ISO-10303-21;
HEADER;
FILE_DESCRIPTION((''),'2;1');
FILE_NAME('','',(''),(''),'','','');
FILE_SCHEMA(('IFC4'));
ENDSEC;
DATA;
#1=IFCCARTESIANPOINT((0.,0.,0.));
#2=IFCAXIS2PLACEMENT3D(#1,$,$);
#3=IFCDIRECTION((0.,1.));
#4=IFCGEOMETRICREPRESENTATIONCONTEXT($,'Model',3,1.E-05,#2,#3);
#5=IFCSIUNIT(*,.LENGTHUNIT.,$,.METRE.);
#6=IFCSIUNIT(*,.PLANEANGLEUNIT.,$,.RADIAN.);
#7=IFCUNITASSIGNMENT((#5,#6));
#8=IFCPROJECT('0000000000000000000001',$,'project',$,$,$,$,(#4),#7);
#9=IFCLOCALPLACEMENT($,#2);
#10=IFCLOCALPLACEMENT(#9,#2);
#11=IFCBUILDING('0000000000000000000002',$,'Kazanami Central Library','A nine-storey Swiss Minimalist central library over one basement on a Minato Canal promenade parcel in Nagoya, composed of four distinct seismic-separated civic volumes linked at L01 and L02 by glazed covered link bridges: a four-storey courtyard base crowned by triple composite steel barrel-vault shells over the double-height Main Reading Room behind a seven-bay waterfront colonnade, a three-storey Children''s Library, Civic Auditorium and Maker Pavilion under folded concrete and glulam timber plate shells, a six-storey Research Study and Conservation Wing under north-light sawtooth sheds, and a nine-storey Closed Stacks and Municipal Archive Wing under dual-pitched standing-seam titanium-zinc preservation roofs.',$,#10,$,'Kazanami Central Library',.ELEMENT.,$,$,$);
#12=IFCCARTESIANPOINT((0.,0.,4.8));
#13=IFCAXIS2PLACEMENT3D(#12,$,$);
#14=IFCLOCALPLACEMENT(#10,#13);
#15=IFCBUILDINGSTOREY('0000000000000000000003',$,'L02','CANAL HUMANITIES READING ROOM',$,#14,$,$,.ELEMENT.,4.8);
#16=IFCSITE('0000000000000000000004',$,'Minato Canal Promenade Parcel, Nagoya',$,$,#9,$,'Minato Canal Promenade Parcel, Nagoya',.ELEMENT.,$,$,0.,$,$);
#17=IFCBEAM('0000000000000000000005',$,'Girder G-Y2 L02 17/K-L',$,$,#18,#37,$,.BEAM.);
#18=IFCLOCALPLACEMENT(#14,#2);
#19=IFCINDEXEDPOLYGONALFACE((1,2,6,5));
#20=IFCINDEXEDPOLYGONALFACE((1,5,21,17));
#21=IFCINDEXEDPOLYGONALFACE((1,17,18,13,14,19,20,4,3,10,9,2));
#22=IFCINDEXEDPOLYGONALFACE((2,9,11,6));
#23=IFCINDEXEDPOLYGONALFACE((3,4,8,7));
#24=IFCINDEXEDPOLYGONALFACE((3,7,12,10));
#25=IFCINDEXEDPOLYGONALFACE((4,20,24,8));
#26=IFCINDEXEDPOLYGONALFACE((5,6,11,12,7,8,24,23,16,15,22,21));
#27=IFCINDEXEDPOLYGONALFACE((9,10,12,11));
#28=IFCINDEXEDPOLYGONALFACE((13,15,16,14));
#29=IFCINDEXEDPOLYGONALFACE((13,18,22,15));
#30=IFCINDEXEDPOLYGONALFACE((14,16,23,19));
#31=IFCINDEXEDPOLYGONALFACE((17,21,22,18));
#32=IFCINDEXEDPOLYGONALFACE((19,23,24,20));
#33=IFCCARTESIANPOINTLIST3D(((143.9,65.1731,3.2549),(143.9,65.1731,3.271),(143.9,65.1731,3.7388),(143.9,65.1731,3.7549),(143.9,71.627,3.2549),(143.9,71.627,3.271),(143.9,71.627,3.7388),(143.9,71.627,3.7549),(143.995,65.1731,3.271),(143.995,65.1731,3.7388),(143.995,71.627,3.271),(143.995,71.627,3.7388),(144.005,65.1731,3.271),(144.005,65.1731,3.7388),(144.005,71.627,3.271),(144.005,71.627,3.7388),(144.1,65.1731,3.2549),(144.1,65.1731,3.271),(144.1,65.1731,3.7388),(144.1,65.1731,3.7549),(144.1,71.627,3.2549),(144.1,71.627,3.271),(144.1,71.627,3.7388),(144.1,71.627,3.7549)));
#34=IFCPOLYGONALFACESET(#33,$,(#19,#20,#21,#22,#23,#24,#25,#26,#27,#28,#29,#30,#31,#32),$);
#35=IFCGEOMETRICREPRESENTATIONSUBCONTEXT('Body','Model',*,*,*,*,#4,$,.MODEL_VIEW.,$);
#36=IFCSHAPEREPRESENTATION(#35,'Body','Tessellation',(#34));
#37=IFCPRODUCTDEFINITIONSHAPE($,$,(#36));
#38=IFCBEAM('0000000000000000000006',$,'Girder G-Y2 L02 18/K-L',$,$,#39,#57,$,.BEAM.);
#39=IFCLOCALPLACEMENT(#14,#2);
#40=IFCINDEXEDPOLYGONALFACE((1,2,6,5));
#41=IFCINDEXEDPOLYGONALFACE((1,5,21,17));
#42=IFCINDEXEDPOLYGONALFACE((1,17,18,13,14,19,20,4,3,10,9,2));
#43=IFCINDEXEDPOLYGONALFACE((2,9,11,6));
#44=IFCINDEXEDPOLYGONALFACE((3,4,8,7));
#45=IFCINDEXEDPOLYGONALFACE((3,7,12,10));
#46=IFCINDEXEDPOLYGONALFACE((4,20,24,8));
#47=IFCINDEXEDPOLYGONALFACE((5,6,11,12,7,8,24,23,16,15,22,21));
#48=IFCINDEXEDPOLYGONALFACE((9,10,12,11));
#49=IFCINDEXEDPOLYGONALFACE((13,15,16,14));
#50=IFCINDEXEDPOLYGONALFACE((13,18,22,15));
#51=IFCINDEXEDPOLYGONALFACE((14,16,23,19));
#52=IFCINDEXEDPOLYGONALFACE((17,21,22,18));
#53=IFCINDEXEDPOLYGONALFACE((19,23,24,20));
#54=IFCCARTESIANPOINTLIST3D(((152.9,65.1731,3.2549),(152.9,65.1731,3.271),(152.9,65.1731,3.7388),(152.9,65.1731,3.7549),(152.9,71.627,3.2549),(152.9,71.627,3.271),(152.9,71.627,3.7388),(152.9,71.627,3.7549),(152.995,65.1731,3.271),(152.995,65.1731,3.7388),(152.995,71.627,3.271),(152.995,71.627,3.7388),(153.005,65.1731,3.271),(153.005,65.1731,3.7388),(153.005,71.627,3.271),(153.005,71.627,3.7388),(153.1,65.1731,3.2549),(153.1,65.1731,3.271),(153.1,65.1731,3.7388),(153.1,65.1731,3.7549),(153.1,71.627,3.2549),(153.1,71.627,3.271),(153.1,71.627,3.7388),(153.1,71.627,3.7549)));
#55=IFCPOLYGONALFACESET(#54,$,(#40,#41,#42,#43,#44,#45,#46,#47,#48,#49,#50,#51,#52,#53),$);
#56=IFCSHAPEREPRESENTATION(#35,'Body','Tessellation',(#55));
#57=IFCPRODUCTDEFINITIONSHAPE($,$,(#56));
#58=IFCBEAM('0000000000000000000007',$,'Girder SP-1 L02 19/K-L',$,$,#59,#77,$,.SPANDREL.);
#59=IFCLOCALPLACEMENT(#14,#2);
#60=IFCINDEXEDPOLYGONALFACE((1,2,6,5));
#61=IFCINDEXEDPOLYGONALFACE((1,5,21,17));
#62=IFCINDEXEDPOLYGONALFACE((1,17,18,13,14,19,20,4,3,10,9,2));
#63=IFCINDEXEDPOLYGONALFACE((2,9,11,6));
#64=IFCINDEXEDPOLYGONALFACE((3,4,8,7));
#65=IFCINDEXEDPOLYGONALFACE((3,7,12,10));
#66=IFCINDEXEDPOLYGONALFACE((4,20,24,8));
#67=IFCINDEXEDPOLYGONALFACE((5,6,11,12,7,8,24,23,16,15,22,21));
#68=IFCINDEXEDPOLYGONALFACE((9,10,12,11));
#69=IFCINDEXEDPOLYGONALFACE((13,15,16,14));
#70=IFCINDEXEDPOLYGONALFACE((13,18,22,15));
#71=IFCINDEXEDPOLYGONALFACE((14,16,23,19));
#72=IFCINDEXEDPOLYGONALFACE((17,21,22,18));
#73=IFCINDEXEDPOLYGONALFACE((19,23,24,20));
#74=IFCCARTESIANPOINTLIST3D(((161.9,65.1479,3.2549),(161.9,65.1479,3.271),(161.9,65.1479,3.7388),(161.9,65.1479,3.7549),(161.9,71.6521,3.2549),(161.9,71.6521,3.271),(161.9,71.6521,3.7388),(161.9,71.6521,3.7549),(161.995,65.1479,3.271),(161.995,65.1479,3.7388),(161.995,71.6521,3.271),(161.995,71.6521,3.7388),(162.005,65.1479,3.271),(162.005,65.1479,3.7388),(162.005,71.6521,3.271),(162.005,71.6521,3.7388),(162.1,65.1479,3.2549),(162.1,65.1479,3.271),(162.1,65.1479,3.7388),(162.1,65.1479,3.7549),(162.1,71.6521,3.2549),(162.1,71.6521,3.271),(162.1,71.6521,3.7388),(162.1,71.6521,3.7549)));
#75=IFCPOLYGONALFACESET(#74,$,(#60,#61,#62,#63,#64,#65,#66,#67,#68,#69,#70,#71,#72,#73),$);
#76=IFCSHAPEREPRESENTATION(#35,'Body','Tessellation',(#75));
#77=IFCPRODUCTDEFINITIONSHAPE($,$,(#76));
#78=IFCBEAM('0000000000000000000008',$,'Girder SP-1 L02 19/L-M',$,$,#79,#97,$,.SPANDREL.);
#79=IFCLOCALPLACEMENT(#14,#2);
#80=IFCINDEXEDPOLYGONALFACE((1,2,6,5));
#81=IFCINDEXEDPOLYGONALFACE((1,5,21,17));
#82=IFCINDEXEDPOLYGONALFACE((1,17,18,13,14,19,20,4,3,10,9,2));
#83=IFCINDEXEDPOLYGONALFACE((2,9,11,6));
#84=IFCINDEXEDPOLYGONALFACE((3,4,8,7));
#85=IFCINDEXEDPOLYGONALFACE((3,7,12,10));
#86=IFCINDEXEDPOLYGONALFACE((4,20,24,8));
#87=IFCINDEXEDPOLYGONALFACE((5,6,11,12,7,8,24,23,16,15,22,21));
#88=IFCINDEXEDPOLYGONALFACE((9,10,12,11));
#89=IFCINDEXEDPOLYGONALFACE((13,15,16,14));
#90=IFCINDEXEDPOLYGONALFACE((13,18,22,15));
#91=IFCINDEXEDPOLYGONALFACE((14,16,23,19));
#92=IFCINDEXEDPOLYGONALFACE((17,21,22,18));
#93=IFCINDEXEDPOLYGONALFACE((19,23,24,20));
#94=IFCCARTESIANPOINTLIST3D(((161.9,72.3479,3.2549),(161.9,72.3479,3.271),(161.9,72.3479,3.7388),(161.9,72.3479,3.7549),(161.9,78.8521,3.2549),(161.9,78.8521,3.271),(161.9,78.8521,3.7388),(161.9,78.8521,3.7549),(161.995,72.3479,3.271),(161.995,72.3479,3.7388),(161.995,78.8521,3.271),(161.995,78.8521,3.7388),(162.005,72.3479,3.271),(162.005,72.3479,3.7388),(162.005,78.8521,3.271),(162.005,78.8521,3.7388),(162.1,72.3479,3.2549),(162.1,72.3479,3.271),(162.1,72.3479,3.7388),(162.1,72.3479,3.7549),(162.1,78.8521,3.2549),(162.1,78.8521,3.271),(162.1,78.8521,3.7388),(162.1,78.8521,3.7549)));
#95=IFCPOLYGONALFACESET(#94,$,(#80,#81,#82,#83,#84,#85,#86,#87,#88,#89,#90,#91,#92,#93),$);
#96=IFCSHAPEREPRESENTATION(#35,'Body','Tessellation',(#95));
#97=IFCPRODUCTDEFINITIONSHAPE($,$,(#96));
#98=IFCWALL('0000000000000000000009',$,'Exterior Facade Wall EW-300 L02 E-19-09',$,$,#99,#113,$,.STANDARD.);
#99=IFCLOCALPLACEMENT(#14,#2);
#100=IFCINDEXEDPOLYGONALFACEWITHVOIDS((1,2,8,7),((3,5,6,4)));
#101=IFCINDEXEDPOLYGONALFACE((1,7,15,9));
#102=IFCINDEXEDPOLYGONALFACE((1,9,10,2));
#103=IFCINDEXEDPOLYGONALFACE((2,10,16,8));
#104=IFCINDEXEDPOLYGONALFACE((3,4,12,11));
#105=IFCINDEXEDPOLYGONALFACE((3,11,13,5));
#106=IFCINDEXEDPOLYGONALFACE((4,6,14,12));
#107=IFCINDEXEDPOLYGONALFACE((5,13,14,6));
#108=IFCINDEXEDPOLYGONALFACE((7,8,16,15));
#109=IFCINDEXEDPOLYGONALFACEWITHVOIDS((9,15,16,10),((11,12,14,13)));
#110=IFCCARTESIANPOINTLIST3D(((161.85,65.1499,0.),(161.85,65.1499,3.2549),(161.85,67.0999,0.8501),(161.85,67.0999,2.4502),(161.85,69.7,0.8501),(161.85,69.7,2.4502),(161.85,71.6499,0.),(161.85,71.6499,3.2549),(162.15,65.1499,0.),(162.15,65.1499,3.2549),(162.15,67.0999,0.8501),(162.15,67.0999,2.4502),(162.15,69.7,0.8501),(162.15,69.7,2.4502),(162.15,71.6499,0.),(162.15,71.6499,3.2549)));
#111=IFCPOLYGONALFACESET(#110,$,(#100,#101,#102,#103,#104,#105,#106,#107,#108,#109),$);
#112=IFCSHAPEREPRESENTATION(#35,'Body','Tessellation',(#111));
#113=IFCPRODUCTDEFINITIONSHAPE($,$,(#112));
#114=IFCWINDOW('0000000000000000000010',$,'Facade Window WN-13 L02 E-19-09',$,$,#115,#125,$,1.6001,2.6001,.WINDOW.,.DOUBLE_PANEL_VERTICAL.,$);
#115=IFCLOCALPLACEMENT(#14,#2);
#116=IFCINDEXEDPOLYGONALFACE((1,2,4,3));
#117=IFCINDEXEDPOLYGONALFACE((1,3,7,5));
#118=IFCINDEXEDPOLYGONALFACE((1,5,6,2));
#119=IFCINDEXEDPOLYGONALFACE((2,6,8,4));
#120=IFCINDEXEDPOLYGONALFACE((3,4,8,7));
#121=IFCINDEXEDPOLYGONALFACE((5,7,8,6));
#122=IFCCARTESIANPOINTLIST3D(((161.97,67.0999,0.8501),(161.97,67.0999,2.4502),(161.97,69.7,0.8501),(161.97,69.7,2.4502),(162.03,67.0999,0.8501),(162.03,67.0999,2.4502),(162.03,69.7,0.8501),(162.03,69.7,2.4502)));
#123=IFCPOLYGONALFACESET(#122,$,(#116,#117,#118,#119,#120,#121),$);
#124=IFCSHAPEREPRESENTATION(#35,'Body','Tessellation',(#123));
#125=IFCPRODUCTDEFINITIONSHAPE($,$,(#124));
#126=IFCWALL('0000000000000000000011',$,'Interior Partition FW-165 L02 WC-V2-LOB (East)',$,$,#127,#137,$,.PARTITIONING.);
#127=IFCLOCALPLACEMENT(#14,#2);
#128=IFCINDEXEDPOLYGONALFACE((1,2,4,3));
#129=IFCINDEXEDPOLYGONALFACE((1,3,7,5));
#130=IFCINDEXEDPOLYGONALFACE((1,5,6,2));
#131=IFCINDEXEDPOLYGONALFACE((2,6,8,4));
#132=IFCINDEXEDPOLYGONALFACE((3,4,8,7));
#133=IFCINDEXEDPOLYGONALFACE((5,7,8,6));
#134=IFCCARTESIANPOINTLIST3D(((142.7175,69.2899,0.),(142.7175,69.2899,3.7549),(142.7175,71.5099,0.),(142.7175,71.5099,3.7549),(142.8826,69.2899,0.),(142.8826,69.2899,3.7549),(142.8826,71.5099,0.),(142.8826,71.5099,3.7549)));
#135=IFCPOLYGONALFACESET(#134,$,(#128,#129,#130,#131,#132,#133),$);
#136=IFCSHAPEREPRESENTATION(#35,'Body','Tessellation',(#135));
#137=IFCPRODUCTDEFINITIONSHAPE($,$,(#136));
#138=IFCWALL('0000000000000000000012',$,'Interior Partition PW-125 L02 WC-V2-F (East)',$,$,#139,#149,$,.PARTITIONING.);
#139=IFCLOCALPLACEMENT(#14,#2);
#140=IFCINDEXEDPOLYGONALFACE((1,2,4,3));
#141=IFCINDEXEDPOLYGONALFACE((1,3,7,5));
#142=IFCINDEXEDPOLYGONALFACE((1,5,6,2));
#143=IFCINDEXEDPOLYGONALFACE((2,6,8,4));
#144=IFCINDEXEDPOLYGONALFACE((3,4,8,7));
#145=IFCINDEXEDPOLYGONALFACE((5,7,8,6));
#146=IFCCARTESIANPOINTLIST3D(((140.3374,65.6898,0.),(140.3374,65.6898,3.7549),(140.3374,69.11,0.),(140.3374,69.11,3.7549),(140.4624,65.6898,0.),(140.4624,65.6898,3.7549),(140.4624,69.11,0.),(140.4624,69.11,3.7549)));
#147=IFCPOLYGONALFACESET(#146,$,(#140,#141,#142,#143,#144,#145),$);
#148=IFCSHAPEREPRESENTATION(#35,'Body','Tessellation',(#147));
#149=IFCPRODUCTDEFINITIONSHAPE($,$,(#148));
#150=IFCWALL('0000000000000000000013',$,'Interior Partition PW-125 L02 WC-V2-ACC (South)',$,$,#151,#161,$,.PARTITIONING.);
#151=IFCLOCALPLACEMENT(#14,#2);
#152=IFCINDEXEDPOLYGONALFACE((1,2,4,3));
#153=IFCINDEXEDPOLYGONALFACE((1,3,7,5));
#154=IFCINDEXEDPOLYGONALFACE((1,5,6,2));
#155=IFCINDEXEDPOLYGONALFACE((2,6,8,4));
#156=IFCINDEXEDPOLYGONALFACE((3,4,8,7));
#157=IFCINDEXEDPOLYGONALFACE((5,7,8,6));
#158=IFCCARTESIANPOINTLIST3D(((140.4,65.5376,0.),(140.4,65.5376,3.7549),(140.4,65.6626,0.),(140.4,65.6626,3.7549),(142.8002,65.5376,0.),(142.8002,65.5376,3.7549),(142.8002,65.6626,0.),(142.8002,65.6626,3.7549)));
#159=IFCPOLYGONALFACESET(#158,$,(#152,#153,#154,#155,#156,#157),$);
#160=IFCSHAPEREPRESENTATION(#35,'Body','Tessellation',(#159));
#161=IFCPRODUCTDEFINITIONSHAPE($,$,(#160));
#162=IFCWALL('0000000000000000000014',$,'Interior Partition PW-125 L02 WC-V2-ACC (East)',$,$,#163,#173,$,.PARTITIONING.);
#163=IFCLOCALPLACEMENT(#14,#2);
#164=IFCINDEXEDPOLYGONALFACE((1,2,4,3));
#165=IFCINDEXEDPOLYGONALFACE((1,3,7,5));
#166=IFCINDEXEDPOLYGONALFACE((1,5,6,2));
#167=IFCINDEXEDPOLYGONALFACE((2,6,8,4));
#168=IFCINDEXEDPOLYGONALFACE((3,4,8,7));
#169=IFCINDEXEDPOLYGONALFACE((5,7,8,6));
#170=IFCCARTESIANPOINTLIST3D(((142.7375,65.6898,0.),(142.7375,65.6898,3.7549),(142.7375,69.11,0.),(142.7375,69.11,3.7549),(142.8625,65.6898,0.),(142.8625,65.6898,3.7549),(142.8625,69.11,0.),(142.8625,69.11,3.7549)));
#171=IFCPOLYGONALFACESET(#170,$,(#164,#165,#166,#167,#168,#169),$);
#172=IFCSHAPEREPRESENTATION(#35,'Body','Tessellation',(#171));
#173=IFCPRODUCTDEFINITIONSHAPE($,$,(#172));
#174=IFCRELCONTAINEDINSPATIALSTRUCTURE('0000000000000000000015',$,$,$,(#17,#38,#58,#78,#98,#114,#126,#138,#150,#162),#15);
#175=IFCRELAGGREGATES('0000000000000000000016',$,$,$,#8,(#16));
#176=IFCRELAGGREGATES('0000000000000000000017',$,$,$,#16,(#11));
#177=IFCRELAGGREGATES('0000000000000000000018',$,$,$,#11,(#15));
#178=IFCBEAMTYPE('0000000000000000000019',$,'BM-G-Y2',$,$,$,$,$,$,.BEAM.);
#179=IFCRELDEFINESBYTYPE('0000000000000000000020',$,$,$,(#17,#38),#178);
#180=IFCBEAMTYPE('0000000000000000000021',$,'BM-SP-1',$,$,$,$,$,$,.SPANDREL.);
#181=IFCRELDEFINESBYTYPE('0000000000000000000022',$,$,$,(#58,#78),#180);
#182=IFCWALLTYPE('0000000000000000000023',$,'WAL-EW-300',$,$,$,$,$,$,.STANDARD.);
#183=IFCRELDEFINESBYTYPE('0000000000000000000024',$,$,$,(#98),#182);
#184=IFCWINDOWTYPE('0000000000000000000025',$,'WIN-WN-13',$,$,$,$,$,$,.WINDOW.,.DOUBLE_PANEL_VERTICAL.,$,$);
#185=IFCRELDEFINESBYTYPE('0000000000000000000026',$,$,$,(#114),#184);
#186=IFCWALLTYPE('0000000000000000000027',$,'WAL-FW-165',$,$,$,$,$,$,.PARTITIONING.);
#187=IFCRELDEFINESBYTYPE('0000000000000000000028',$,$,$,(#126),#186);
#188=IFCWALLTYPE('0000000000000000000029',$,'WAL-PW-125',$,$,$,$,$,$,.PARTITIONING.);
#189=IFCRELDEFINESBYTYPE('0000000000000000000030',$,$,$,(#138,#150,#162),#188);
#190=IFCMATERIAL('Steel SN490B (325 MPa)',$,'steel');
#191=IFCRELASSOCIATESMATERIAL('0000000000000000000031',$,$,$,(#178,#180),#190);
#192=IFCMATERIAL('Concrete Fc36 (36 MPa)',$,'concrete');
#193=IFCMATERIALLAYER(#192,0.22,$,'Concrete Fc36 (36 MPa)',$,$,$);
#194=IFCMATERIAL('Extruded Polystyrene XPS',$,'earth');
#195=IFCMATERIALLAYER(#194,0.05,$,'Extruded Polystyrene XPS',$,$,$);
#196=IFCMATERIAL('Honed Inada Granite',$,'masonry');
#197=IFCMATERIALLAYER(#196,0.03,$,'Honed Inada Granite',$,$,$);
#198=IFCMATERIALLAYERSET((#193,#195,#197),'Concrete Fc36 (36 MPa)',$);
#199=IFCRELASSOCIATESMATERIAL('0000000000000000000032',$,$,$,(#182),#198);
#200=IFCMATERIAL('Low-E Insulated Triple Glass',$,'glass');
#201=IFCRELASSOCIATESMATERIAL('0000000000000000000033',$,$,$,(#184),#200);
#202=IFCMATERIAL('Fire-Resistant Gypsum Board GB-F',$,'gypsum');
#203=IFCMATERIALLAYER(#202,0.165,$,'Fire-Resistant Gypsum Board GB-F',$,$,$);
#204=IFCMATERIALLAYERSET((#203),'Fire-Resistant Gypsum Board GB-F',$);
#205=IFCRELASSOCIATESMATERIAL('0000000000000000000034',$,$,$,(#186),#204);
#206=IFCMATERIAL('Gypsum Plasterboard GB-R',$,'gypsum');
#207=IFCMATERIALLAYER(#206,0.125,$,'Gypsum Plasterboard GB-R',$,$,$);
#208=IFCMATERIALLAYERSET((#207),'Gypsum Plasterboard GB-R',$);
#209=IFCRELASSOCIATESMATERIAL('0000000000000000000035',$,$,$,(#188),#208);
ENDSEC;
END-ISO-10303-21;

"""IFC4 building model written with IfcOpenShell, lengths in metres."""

from ifc_helpers import new_model, si_unit, direction, frame, frame_2d, origin, origin_2d, place, context, subcontext, project, spatial, rectangle, i_section, extrude, material, layer, layer_set, material_profile, profile_set, type_object, element, fill, save


model = new_model("IFC4")

# Units and contexts
model_context = context("Model", 3, precision=1e-05, world=origin(), true_north=direction((0.0, 1.0)))
body_context = subcontext(model_context, "Body", "Model", "MODEL_VIEW")
ifc_project = project(units=[si_unit("LENGTHUNIT", "METRE"), si_unit("PLANEANGLEUNIT", "RADIAN")], contexts=[model_context])

# Site, building, storey
site_placement = place(None, origin())
site = spatial("IfcSite", under=ifc_project, at=site_placement, Name="Minato Canal Promenade Parcel, Nagoya", LongName="Minato Canal Promenade Parcel, Nagoya", CompositionType="ELEMENT", RefElevation=0.0)
building_placement = place(site_placement, origin())
building = spatial("IfcBuilding", under=site, at=building_placement, Name="Kazanami Central Library", Description="A nine-storey Swiss Minimalist central library over one basement on a Minato Canal promenade parcel in Nagoya, composed of four distinct seismic-separated civic volumes linked at L01 and L02 by glazed covered link bridges: a four-storey courtyard base crowned by triple composite steel barrel-vault shells over the double-height Main Reading Room behind a seven-bay waterfront colonnade, a three-storey Children's Library, Civic Auditorium and Maker Pavilion under folded concrete and glulam timber plate shells, a six-storey Research Study and Conservation Wing under north-light sawtooth sheds, and a nine-storey Closed Stacks and Municipal Archive Wing under dual-pitched standing-seam titanium-zinc preservation roofs.", LongName="Kazanami Central Library", CompositionType="ELEMENT")
storey_placement = place(building_placement, frame((0.0, 0.0, 4.8)))
storey = spatial("IfcBuildingStorey", under=building, at=storey_placement, Name="L02", Description="CANAL HUMANITIES READING ROOM", CompositionType="ELEMENT", Elevation=4.8)

# Beams
ifc_material_1 = material(Name="Steel SN490B (325 MPa)", Category="steel")
ifc_material_profile_1 = material_profile(ifc_material_1, i_section(OverallWidth=0.2, OverallDepth=0.5, WebThickness=0.01, FlangeThickness=0.0161, at=origin_2d()), Name="H-500x200x10x16")
ifc_profile_set_1 = profile_set([ifc_material_profile_1], Name="Steel SN490B (325 MPa)")
beam_type_1 = type_object("IfcBeamType", Name="BM-G-Y2", PredefinedType="BEAM", material=ifc_profile_set_1)
for number, where, z_axis, x_axis, name in (
    (1, (144.0, 65.1731, 3.5049), (0.0, 1.0, 0.0), (-1.0, 0.0, 0.0), "Girder G-Y2 L02 17/K-L"),
    (2, (153.0, 65.1731, 3.5049), (0.0, 1.0, 0.0), (-1.0, 0.0, 0.0), "Girder G-Y2 L02 18/K-L"),
):
    element("IfcBeam", number, at=place(storey_placement, frame(where, z_axis=z_axis, x_axis=x_axis)), inside=storey, type_object=beam_type_1, Name=name, PredefinedType="BEAM", context=body_context, shape_type="SweptSolid", body=[
        extrude(i_section(OverallWidth=0.2, OverallDepth=0.5, WebThickness=0.01, FlangeThickness=0.0161, at=origin_2d()), origin(), (0.0, 0.0, 1.0), 6.4539),
    ])
ifc_material_profile_2 = material_profile(ifc_material_1, i_section(OverallWidth=0.2, OverallDepth=0.5, WebThickness=0.01, FlangeThickness=0.0161, at=origin_2d()), Name="H-500x200x10x16")
ifc_profile_set_2 = profile_set([ifc_material_profile_2], Name="Steel SN490B (325 MPa)")
beam_type_2 = type_object("IfcBeamType", Name="BM-SP-1", PredefinedType="SPANDREL", material=ifc_profile_set_2)
for number, where, z_axis, x_axis, name in (
    (3, (162.0, 65.1479, 3.5049), (0.0, 1.0, 0.0), (-1.0, 0.0, 0.0), "Girder SP-1 L02 19/K-L"),
    (4, (162.0, 72.3479, 3.5049), (0.0, 1.0, 0.0), (-1.0, 0.0, 0.0), "Girder SP-1 L02 19/L-M"),
):
    element("IfcBeam", number, at=place(storey_placement, frame(where, z_axis=z_axis, x_axis=x_axis)), inside=storey, type_object=beam_type_2, Name=name, PredefinedType="SPANDREL", context=body_context, shape_type="SweptSolid", body=[
        extrude(i_section(OverallWidth=0.2, OverallDepth=0.5, WebThickness=0.01, FlangeThickness=0.0161, at=origin_2d()), origin(), (0.0, 0.0, 1.0), 6.5042),
    ])

# Wall, opening, window
ifc_material_2 = material(Name="Concrete Fc36 (36 MPa)", Category="concrete")
ifc_layer_1 = layer(ifc_material_2, 0.22, Name="Concrete Fc36 (36 MPa)")
ifc_material_3 = material(Name="Extruded Polystyrene XPS", Category="earth")
ifc_layer_2 = layer(ifc_material_3, 0.05, Name="Extruded Polystyrene XPS")
ifc_material_4 = material(Name="Honed Inada Granite", Category="masonry")
ifc_layer_3 = layer(ifc_material_4, 0.03, Name="Honed Inada Granite")
ifc_layer_set_1 = layer_set([ifc_layer_1, ifc_layer_2, ifc_layer_3], Name="Concrete Fc36 (36 MPa)")
wall_type_1 = type_object("IfcWallType", Name="WAL-EW-300", PredefinedType="STANDARD", material=ifc_layer_set_1)
wall_1_placement = place(storey_placement, frame((162.0, 71.6499, 0.0), z_axis=(0.0, 0.0, 1.0), x_axis=(0.0, -1.0, 0.0)))
wall_1 = element("IfcWall", 5, at=wall_1_placement, inside=storey, type_object=wall_type_1, Name="Exterior Facade Wall EW-300 L02 E-19-09", PredefinedType="STANDARD", context=body_context, shape_type="SweptSolid", body=[
    extrude(rectangle(XDim=6.5, YDim=0.3, at=frame_2d((3.25, 0.0))), origin(), (0.0, 0.0, 1.0), 3.2549),
])
opening_placement = place(wall_1_placement, frame((1.95, 0.0, 0.8501)))
opening = element("IfcOpeningElement", 6, at=opening_placement, cuts=wall_1, PredefinedType="OPENING", context=body_context, shape_type="SweptSolid", body=[
    extrude(rectangle(XDim=2.6001, YDim=1.6001, at=frame_2d((1.3, 0.8))), frame((0.0, 0.1621, 0.0), z_axis=(0.0, -1.0, 0.0), x_axis=(1.0, 0.0, 0.0)), (0.0, 0.0, 1.0), 0.324),
])
ifc_material_5 = material(Name="Low-E Insulated Triple Glass", Category="glass")
window_type = type_object("IfcWindowType", Name="WIN-WN-13", PartitioningType="DOUBLE_PANEL_VERTICAL", PredefinedType="WINDOW", material=ifc_material_5)
window_placement = place(opening_placement, origin())
window = element("IfcWindow", 7, at=window_placement, inside=storey, type_object=window_type, Name="Facade Window WN-13 L02 E-19-09", OverallHeight=1.6001, OverallWidth=2.6001, PartitioningType="DOUBLE_PANEL_VERTICAL", PredefinedType="WINDOW", context=body_context, shape_type="SweptSolid", body=[
    extrude(rectangle(XDim=2.6001, YDim=1.6001, at=frame_2d((1.3, 0.8))), frame((0.0, 0.03, 0.0), z_axis=(0.0, -1.0, 0.0), x_axis=(1.0, 0.0, 0.0)), (0.0, 0.0, 1.0), 0.0601),
])
fill(opening, window)

# Walls
ifc_material_6 = material(Name="Fire-Resistant Gypsum Board GB-F", Category="gypsum")
ifc_layer_4 = layer(ifc_material_6, 0.165, Name="Fire-Resistant Gypsum Board GB-F")
ifc_layer_set_2 = layer_set([ifc_layer_4], Name="Fire-Resistant Gypsum Board GB-F")
wall_type_2 = type_object("IfcWallType", Name="WAL-FW-165", PredefinedType="PARTITIONING", material=ifc_layer_set_2)
wall_2_placement = place(storey_placement, frame((142.8, 69.29, 0.0), z_axis=(0.0, 0.0, 1.0), x_axis=(0.0, 1.0, 0.0)))
element("IfcWall", 8, at=wall_2_placement, inside=storey, type_object=wall_type_2, Name="Interior Partition FW-165 L02 WC-V2-LOB (East)", PredefinedType="PARTITIONING", context=body_context, shape_type="SweptSolid", body=[
    extrude(rectangle(XDim=2.22, YDim=0.165, at=frame_2d((1.1099, 0.0))), origin(), (0.0, 0.0, 1.0), 3.7549),
])
ifc_material_7 = material(Name="Gypsum Plasterboard GB-R", Category="gypsum")
ifc_layer_5 = layer(ifc_material_7, 0.125, Name="Gypsum Plasterboard GB-R")
ifc_layer_set_3 = layer_set([ifc_layer_5], Name="Gypsum Plasterboard GB-R")
wall_type_3 = type_object("IfcWallType", Name="WAL-PW-125", PredefinedType="PARTITIONING", material=ifc_layer_set_3)
wall_3_placement = place(storey_placement, frame((140.3999, 65.6899, 0.0), z_axis=(0.0, 0.0, 1.0), x_axis=(0.0, 1.0, 0.0)))
element("IfcWall", 9, at=wall_3_placement, inside=storey, type_object=wall_type_3, Name="Interior Partition PW-125 L02 WC-V2-F (East)", PredefinedType="PARTITIONING", context=body_context, shape_type="SweptSolid", body=[
    extrude(rectangle(XDim=3.4202, YDim=0.125, at=frame_2d((1.71, 0.0))), origin(), (0.0, 0.0, 1.0), 3.7549),
])
wall_4_placement = place(storey_placement, frame((140.3999, 65.6001, 0.0), z_axis=(0.0, 0.0, 1.0), x_axis=(1.0, 0.0, 0.0)))
element("IfcWall", 10, at=wall_4_placement, inside=storey, type_object=wall_type_3, Name="Interior Partition PW-125 L02 WC-V2-ACC (South)", PredefinedType="PARTITIONING", context=body_context, shape_type="SweptSolid", body=[
    extrude(rectangle(XDim=2.4001, YDim=0.125, at=frame_2d((1.2002, 0.0))), origin(), (0.0, 0.0, 1.0), 3.7549),
])
wall_5_placement = place(storey_placement, frame((142.8, 65.6899, 0.0), z_axis=(0.0, 0.0, 1.0), x_axis=(0.0, 1.0, 0.0)))
element("IfcWall", 11, at=wall_5_placement, inside=storey, type_object=wall_type_3, Name="Interior Partition PW-125 L02 WC-V2-ACC (East)", PredefinedType="PARTITIONING", context=body_context, shape_type="SweptSolid", body=[
    extrude(rectangle(XDim=3.4202, YDim=0.125, at=frame_2d((1.71, 0.0))), origin(), (0.0, 0.0, 1.0), 3.7549),
])

save(model, "model.ifc")
